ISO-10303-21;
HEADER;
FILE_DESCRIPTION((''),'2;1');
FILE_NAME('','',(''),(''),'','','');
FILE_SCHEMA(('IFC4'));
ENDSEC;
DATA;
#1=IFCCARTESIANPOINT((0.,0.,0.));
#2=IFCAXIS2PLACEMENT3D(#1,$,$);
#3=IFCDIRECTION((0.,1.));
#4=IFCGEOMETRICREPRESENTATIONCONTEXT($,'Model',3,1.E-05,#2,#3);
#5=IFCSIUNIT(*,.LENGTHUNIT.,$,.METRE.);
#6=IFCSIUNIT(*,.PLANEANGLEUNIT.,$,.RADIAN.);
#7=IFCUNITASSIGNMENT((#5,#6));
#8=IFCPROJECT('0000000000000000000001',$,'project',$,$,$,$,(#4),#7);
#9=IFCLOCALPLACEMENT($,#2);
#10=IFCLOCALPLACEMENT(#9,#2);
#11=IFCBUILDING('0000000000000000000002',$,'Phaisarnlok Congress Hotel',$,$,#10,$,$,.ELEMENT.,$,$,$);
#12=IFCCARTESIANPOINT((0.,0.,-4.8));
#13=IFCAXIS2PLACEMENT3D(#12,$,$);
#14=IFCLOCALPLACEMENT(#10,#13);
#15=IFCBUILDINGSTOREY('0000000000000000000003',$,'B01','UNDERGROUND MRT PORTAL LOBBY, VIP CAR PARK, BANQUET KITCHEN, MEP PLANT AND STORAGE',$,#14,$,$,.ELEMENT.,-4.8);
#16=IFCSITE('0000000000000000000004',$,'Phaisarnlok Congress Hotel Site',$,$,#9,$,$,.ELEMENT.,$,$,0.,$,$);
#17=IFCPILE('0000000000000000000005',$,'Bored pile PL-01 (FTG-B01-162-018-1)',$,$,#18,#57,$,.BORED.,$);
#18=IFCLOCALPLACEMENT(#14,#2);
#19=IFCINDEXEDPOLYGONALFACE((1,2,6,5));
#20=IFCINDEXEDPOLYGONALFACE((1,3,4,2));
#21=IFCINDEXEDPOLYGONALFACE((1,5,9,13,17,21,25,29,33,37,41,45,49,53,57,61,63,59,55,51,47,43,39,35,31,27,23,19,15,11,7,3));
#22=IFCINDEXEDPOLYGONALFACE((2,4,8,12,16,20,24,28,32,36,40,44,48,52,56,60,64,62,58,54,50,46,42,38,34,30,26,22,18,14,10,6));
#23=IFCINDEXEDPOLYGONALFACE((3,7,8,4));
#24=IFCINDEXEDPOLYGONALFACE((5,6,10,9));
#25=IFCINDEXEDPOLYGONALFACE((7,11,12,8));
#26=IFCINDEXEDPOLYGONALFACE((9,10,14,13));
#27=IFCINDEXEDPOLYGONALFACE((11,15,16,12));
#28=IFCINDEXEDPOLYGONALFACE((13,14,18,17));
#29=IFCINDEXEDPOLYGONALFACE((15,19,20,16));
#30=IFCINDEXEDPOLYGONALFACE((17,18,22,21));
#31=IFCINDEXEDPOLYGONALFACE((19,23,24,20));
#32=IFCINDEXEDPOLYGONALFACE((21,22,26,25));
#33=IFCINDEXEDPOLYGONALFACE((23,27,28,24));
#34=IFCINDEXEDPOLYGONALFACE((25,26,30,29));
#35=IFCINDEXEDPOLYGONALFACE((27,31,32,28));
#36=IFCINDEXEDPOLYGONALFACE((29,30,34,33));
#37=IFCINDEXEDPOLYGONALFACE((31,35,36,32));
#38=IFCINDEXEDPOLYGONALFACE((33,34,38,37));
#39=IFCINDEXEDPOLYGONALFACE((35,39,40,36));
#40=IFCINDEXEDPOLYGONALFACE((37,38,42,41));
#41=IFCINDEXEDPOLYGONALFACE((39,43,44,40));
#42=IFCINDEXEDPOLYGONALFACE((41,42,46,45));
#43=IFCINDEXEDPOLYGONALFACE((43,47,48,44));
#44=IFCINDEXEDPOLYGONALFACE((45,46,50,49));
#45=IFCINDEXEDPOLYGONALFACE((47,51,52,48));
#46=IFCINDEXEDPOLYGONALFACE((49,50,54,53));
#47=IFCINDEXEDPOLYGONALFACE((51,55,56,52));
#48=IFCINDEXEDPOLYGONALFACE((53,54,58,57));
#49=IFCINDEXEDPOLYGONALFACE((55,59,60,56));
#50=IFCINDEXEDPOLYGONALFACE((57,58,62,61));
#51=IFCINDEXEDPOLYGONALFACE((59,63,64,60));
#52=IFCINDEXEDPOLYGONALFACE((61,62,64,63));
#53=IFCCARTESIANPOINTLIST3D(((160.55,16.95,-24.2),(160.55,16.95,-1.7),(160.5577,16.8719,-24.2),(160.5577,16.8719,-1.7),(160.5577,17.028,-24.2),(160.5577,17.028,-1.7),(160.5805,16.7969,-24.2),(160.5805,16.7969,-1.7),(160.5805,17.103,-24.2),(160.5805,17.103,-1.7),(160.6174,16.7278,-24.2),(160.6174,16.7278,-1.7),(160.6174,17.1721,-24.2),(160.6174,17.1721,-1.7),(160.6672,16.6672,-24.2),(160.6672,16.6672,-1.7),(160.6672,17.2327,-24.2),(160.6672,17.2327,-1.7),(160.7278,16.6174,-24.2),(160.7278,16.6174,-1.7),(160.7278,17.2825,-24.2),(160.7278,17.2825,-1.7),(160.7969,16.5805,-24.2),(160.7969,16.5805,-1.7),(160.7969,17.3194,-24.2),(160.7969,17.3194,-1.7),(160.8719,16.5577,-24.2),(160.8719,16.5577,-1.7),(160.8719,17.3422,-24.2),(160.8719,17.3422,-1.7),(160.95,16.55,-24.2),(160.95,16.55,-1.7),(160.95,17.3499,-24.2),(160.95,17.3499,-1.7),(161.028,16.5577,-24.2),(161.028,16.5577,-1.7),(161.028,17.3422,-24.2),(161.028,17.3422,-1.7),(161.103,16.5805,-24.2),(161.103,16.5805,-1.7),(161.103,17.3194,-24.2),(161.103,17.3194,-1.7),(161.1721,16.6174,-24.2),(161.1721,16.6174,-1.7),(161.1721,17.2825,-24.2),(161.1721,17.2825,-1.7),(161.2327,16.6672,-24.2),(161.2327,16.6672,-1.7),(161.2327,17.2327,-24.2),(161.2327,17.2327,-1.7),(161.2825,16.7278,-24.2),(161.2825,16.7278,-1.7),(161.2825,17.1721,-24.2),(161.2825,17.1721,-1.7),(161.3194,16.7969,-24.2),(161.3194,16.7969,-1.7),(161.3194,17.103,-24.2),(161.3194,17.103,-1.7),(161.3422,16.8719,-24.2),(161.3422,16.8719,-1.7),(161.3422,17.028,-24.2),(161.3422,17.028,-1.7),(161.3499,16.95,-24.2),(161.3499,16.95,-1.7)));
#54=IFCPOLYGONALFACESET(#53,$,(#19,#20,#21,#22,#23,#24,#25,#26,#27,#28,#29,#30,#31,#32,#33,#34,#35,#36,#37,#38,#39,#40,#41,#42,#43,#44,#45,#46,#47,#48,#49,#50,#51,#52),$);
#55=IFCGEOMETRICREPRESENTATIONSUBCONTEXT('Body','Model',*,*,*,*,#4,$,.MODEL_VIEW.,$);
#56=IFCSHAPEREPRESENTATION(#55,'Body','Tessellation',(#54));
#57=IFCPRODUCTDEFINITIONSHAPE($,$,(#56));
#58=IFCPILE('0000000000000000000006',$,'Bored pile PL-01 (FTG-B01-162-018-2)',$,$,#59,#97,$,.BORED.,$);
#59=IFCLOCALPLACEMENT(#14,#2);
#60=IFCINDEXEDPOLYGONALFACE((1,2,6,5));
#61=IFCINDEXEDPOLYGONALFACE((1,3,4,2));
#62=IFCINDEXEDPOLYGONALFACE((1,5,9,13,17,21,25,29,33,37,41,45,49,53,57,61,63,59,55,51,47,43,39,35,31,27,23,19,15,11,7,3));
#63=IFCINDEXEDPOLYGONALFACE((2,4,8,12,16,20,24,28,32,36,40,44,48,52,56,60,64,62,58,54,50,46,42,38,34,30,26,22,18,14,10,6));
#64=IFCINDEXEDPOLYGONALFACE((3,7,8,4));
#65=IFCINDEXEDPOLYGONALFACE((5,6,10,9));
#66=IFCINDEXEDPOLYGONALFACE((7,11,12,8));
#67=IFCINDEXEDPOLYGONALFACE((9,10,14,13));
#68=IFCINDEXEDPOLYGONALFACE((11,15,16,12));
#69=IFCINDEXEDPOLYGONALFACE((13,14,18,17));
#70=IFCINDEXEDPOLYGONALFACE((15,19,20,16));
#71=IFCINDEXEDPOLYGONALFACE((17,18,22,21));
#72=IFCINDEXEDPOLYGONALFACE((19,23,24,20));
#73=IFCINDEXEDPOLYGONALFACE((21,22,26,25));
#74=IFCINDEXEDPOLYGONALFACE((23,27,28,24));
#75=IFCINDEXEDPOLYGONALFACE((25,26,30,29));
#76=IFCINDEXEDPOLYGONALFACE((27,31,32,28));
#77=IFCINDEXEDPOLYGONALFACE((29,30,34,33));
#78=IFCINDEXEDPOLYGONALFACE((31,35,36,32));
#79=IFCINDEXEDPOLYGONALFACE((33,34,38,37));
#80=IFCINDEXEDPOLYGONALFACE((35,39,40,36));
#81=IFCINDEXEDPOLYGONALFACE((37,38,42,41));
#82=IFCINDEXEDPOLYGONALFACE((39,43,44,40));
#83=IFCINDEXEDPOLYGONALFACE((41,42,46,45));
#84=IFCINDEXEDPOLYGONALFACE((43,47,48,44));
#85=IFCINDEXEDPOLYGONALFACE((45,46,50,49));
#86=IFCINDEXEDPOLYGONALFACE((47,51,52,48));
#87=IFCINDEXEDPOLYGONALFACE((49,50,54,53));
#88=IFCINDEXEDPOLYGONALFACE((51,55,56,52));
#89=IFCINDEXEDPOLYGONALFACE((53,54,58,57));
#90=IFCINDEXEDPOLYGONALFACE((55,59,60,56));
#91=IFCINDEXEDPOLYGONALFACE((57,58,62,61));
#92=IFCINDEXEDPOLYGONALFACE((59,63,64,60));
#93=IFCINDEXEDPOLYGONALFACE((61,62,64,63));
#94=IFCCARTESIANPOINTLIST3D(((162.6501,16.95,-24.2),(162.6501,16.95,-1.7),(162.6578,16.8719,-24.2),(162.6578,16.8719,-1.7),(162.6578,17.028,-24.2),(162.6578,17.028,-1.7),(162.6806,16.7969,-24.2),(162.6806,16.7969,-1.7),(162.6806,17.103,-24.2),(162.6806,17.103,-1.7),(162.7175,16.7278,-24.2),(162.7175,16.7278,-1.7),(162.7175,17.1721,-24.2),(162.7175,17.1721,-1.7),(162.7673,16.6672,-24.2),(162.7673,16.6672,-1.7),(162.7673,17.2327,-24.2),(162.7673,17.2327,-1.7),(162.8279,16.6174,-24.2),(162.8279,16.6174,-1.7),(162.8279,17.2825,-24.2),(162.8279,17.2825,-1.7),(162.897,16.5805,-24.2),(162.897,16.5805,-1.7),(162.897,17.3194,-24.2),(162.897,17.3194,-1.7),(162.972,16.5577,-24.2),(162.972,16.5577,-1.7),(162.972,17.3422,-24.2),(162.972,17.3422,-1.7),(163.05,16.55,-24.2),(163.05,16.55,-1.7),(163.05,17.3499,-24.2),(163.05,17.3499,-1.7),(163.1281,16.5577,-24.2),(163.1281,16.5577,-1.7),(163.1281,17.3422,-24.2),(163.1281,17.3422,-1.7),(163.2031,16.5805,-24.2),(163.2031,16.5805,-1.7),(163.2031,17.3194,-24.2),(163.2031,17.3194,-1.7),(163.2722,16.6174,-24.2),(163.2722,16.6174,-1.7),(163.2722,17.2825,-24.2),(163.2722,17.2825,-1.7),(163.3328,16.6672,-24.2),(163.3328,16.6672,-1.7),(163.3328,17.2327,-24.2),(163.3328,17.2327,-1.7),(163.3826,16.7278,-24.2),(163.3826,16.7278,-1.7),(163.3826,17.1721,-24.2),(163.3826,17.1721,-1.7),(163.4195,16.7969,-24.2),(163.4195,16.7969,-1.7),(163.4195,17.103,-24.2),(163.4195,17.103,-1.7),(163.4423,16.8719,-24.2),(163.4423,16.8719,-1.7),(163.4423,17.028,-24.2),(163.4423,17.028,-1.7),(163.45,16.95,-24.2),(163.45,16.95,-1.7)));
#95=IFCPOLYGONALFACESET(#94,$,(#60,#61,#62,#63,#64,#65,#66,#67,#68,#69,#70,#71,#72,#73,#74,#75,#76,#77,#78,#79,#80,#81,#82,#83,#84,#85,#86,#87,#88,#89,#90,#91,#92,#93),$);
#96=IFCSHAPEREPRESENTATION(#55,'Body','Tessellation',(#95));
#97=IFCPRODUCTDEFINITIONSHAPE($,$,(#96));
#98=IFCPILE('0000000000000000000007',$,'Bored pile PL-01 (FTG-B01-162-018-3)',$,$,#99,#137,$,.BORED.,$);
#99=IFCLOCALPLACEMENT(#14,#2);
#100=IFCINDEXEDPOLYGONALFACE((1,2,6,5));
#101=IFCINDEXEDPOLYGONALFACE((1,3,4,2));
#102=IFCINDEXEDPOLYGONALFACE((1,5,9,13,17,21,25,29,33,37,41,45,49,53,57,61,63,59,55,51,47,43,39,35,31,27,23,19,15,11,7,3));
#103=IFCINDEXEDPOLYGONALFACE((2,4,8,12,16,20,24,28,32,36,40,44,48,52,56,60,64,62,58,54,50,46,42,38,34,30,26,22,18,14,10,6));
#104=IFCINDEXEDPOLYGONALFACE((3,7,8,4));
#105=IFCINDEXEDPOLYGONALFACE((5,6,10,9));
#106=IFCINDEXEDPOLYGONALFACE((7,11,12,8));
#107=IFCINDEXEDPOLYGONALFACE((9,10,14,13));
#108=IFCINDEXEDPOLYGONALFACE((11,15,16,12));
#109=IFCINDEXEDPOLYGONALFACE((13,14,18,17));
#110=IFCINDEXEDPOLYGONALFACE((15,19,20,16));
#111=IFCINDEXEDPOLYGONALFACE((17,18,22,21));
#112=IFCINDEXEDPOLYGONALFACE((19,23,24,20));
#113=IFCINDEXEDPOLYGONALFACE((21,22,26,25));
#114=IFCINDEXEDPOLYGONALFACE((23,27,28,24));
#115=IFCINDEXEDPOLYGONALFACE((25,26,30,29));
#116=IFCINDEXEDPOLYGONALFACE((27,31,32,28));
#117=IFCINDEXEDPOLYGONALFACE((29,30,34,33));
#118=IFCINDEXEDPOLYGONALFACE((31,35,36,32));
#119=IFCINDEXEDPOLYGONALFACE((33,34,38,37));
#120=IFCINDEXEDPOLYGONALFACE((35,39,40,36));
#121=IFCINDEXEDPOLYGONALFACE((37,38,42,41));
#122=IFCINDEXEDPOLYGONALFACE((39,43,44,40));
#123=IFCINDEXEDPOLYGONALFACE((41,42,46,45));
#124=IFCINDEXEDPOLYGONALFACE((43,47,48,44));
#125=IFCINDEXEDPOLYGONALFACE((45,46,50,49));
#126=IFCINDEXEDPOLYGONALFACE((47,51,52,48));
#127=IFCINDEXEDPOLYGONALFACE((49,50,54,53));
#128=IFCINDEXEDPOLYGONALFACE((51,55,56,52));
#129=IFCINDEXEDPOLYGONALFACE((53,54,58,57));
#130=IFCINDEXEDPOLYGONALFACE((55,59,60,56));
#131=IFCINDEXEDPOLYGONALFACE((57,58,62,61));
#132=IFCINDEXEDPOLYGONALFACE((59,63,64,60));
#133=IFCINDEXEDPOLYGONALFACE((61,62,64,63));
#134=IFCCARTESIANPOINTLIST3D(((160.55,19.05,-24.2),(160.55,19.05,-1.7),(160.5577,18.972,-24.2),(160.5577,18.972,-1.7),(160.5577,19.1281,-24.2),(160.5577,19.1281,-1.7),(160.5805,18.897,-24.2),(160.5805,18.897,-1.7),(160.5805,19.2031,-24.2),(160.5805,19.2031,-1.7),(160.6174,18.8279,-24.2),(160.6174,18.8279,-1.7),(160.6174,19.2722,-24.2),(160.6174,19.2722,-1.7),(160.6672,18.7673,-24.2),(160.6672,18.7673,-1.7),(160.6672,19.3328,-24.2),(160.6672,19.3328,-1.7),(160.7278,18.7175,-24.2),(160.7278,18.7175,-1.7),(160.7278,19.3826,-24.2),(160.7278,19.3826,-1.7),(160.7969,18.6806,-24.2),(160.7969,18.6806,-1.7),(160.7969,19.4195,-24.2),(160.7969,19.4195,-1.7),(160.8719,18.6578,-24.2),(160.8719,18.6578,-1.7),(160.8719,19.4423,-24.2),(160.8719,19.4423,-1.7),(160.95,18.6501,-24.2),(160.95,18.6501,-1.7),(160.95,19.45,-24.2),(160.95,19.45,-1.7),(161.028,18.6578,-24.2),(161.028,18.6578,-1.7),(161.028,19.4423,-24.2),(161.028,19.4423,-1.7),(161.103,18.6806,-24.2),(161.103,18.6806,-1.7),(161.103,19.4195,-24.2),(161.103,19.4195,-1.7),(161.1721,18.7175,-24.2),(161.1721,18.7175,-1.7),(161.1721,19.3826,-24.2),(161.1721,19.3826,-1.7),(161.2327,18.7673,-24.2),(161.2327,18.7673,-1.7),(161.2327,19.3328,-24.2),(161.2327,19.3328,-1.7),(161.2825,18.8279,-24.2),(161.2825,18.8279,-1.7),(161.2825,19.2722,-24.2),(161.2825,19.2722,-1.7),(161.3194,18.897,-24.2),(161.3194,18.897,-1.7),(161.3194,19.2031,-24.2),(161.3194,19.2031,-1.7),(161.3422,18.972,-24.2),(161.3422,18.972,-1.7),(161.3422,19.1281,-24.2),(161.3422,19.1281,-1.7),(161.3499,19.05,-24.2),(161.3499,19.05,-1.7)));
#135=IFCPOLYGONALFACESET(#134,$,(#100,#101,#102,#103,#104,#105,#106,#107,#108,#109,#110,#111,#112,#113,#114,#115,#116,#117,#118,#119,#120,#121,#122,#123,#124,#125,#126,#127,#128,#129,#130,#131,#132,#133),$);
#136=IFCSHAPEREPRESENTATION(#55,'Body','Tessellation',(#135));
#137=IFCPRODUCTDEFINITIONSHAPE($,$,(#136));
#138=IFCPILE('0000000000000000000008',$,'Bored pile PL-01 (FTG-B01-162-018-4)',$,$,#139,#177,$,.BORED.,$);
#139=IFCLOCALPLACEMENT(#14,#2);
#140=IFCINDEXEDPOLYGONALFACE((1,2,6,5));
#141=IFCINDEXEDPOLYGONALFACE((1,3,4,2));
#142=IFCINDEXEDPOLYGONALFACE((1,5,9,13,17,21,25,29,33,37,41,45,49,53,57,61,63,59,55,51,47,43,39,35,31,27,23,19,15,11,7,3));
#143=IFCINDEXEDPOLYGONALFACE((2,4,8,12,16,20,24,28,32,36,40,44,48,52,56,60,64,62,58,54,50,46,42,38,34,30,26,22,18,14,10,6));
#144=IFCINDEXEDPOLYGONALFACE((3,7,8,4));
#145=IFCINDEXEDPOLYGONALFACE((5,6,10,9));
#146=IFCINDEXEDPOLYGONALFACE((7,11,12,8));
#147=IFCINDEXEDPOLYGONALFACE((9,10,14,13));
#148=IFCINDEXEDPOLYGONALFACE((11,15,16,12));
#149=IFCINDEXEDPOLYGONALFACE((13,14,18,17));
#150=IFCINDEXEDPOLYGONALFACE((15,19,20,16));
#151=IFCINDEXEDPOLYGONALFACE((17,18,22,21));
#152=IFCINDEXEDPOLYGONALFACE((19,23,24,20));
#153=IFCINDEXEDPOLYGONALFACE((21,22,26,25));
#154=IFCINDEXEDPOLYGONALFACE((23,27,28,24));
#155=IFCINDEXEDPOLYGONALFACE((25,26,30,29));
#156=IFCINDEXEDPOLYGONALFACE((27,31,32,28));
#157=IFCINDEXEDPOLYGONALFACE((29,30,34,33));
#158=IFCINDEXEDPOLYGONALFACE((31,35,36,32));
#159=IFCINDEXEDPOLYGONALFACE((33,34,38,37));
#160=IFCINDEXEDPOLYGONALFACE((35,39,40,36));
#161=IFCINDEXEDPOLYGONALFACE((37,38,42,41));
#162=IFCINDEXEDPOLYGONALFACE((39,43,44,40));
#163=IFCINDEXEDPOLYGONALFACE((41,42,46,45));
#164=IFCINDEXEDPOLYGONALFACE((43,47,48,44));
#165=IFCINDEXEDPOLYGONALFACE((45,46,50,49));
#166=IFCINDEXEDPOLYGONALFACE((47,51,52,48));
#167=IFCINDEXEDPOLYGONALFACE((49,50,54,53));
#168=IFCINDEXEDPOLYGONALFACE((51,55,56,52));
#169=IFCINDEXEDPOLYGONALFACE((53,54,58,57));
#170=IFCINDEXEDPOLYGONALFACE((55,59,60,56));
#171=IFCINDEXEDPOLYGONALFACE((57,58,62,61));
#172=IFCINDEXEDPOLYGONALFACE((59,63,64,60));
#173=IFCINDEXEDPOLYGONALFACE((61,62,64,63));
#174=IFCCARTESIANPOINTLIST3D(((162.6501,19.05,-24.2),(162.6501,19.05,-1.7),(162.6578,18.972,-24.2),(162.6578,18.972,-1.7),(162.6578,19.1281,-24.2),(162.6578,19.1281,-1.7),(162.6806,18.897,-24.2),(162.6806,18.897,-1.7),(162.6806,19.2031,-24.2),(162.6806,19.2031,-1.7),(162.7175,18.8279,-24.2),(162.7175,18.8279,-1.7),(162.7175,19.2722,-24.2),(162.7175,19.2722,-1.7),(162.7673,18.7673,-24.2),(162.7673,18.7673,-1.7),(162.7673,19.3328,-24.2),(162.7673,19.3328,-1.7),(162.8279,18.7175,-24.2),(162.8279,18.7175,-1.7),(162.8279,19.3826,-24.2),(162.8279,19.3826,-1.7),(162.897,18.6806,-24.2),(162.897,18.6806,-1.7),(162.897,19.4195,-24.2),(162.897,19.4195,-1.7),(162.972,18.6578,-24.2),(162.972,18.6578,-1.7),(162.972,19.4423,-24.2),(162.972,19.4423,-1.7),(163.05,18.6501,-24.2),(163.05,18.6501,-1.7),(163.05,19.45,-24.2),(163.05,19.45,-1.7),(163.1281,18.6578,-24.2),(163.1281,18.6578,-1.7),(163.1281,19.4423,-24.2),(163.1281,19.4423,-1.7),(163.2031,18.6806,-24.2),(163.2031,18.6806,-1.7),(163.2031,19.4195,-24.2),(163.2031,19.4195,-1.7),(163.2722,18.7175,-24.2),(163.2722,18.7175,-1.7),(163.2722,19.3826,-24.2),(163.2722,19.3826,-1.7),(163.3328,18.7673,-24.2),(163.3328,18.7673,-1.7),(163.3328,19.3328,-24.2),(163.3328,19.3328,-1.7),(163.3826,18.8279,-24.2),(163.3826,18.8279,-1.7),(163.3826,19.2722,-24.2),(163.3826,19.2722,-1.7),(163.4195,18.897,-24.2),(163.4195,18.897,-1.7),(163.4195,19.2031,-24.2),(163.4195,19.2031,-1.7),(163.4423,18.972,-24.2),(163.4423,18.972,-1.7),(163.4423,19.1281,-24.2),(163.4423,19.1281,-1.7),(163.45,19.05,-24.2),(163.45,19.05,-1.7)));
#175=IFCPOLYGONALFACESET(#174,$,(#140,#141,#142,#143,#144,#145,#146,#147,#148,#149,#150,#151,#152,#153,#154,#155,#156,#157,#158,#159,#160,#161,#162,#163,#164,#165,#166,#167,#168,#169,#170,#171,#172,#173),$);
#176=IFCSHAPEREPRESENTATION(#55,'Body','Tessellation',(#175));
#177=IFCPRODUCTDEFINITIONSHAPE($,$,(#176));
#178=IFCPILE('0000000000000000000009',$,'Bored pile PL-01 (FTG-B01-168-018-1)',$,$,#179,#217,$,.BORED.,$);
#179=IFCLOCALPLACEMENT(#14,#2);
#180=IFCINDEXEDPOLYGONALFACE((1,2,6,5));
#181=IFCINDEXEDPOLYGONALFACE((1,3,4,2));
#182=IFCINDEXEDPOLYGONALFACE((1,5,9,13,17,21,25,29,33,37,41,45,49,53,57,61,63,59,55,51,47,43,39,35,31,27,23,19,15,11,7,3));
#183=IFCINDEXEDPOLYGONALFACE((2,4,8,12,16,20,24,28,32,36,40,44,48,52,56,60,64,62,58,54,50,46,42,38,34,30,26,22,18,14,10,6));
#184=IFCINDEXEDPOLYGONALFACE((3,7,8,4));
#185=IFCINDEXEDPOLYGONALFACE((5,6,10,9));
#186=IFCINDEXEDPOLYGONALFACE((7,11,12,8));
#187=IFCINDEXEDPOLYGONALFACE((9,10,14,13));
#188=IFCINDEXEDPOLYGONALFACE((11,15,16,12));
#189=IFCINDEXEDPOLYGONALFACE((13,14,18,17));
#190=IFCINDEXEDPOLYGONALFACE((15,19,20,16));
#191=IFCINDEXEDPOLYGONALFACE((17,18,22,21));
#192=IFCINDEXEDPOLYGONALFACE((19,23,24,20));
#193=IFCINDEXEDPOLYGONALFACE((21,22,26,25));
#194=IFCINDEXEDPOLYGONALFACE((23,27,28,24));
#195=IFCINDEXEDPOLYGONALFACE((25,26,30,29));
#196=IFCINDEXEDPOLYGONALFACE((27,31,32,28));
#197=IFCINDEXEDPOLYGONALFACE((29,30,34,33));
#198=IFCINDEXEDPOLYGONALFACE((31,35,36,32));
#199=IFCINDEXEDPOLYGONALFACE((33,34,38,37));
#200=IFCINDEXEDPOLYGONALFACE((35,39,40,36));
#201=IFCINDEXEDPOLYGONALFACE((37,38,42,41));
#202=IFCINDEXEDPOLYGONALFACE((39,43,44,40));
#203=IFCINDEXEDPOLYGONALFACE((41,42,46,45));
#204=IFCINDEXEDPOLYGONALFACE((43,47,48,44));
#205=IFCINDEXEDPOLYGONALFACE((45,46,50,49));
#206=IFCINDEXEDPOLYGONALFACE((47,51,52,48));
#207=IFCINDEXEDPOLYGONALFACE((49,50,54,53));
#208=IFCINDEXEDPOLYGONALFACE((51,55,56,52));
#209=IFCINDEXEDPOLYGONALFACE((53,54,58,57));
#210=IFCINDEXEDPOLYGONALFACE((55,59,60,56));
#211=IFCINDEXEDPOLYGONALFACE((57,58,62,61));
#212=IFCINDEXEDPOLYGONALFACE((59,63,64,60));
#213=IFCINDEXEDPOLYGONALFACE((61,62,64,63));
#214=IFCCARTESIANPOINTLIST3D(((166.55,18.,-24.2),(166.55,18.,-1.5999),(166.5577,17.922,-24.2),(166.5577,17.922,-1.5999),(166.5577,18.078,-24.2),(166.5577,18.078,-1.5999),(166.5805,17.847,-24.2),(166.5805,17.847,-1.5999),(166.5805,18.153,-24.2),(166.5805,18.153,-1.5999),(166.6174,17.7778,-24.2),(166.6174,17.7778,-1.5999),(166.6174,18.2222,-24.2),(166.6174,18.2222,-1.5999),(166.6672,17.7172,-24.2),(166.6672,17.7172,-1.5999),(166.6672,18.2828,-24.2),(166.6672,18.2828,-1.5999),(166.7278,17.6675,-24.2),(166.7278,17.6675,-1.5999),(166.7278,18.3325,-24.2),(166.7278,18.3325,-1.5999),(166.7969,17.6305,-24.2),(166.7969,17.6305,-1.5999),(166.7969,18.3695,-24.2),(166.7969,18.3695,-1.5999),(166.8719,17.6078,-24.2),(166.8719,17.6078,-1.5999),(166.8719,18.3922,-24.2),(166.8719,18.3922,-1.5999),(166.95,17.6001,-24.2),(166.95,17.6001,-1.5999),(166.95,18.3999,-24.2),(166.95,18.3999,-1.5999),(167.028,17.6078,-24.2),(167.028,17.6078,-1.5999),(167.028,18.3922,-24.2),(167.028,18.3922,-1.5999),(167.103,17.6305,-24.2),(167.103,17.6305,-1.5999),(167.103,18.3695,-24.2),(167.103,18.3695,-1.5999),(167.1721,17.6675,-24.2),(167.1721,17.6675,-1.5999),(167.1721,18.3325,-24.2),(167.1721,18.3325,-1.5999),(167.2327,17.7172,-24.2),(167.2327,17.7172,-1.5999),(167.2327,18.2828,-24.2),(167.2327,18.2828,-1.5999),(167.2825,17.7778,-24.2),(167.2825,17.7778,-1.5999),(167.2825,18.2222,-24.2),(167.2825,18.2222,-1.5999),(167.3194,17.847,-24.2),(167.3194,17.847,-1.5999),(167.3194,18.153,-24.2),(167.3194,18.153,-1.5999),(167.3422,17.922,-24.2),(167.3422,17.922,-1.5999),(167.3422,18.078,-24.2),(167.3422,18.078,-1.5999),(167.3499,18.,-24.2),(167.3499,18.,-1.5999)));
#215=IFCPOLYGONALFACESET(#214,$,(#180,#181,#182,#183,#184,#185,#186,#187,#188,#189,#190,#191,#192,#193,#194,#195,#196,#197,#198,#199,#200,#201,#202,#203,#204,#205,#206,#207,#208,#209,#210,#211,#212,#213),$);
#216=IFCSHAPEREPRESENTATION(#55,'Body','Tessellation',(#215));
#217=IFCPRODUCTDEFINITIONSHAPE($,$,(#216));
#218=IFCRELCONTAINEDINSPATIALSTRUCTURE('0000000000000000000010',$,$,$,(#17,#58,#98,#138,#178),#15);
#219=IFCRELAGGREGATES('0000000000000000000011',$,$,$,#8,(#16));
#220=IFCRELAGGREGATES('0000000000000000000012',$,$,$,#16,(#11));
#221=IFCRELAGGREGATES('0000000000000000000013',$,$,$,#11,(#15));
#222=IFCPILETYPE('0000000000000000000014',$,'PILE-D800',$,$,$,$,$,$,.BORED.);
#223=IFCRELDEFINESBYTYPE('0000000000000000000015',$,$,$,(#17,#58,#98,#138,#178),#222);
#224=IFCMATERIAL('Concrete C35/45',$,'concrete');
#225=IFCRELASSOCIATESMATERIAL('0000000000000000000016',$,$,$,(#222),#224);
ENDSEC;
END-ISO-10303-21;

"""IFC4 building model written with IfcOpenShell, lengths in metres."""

from ifc_helpers import new_model, si_unit, direction, frame, origin, origin_2d, place, context, subcontext, project, spatial, circle, extrude, material, material_profile, profile_set, type_object, element, save


model = new_model("IFC4")

# Units and contexts
model_context = context("Model", 3, precision=1e-05, world=origin(), true_north=direction((0.0, 1.0)))
body_context = subcontext(model_context, "Body", "Model", "MODEL_VIEW")
ifc_project = project(units=[si_unit("LENGTHUNIT", "METRE"), si_unit("PLANEANGLEUNIT", "RADIAN")], contexts=[model_context])

# Site, building, storey
site_placement = place(None, origin())
site = spatial("IfcSite", under=ifc_project, at=site_placement, Name="Phaisarnlok Congress Hotel Site", CompositionType="ELEMENT", RefElevation=0.0)
building_placement = place(site_placement, origin())
building = spatial("IfcBuilding", under=site, at=building_placement, Name="Phaisarnlok Congress Hotel", CompositionType="ELEMENT")
storey_placement = place(building_placement, frame((0.0, 0.0, -4.8)))
storey = spatial("IfcBuildingStorey", under=building, at=storey_placement, Name="B01", Description="UNDERGROUND MRT PORTAL LOBBY, VIP CAR PARK, BANQUET KITCHEN, MEP PLANT AND STORAGE", CompositionType="ELEMENT", Elevation=-4.8)

# Piles
ifc_material_1 = material(Name="Concrete C35/45", Category="concrete")
ifc_material_profile_1 = material_profile(ifc_material_1, circle(Radius=0.3999, at=origin_2d()), Name="BORED PILE D800")
ifc_profile_set_1 = profile_set([ifc_material_profile_1], Name="Concrete C35/45")
pile_type_1 = type_object("IfcPileType", Name="PILE-D800", PredefinedType="BORED", material=ifc_profile_set_1)
for number, where, z_axis, x_axis, name in (
    (1, (160.95, 16.95, -1.7), (0.0, 0.0, -1.0), (1.0, 0.0, 0.0), "Bored pile PL-01 (FTG-B01-162-018-1)"),
    (2, (163.05, 16.95, -1.7), (0.0, 0.0, -1.0), (1.0, 0.0, 0.0), "Bored pile PL-01 (FTG-B01-162-018-2)"),
    (3, (160.95, 19.05, -1.7), (0.0, 0.0, -1.0), (1.0, 0.0, 0.0), "Bored pile PL-01 (FTG-B01-162-018-3)"),
    (4, (163.05, 19.05, -1.7), (0.0, 0.0, -1.0), (1.0, 0.0, 0.0), "Bored pile PL-01 (FTG-B01-162-018-4)"),
):
    element("IfcPile", number, at=place(storey_placement, frame(where, z_axis=z_axis, x_axis=x_axis)), inside=storey, type_object=pile_type_1, Name=name, PredefinedType="BORED", context=body_context, shape_type="SweptSolid", body=[
        extrude(circle(Radius=0.3999, at=origin_2d()), origin(), (0.0, 0.0, 1.0), 22.5),
    ])
pile_1_placement = place(storey_placement, frame((166.95, 18.0, -1.5999), z_axis=(0.0, 0.0, -1.0), x_axis=(1.0, 0.0, 0.0)))
element("IfcPile", 5, at=pile_1_placement, inside=storey, type_object=pile_type_1, Name="Bored pile PL-01 (FTG-B01-168-018-1)", PredefinedType="BORED", context=body_context, shape_type="SweptSolid", body=[
    extrude(circle(Radius=0.3999, at=origin_2d()), origin(), (0.0, 0.0, 1.0), 22.6001),
])

save(model, "model.ifc")
